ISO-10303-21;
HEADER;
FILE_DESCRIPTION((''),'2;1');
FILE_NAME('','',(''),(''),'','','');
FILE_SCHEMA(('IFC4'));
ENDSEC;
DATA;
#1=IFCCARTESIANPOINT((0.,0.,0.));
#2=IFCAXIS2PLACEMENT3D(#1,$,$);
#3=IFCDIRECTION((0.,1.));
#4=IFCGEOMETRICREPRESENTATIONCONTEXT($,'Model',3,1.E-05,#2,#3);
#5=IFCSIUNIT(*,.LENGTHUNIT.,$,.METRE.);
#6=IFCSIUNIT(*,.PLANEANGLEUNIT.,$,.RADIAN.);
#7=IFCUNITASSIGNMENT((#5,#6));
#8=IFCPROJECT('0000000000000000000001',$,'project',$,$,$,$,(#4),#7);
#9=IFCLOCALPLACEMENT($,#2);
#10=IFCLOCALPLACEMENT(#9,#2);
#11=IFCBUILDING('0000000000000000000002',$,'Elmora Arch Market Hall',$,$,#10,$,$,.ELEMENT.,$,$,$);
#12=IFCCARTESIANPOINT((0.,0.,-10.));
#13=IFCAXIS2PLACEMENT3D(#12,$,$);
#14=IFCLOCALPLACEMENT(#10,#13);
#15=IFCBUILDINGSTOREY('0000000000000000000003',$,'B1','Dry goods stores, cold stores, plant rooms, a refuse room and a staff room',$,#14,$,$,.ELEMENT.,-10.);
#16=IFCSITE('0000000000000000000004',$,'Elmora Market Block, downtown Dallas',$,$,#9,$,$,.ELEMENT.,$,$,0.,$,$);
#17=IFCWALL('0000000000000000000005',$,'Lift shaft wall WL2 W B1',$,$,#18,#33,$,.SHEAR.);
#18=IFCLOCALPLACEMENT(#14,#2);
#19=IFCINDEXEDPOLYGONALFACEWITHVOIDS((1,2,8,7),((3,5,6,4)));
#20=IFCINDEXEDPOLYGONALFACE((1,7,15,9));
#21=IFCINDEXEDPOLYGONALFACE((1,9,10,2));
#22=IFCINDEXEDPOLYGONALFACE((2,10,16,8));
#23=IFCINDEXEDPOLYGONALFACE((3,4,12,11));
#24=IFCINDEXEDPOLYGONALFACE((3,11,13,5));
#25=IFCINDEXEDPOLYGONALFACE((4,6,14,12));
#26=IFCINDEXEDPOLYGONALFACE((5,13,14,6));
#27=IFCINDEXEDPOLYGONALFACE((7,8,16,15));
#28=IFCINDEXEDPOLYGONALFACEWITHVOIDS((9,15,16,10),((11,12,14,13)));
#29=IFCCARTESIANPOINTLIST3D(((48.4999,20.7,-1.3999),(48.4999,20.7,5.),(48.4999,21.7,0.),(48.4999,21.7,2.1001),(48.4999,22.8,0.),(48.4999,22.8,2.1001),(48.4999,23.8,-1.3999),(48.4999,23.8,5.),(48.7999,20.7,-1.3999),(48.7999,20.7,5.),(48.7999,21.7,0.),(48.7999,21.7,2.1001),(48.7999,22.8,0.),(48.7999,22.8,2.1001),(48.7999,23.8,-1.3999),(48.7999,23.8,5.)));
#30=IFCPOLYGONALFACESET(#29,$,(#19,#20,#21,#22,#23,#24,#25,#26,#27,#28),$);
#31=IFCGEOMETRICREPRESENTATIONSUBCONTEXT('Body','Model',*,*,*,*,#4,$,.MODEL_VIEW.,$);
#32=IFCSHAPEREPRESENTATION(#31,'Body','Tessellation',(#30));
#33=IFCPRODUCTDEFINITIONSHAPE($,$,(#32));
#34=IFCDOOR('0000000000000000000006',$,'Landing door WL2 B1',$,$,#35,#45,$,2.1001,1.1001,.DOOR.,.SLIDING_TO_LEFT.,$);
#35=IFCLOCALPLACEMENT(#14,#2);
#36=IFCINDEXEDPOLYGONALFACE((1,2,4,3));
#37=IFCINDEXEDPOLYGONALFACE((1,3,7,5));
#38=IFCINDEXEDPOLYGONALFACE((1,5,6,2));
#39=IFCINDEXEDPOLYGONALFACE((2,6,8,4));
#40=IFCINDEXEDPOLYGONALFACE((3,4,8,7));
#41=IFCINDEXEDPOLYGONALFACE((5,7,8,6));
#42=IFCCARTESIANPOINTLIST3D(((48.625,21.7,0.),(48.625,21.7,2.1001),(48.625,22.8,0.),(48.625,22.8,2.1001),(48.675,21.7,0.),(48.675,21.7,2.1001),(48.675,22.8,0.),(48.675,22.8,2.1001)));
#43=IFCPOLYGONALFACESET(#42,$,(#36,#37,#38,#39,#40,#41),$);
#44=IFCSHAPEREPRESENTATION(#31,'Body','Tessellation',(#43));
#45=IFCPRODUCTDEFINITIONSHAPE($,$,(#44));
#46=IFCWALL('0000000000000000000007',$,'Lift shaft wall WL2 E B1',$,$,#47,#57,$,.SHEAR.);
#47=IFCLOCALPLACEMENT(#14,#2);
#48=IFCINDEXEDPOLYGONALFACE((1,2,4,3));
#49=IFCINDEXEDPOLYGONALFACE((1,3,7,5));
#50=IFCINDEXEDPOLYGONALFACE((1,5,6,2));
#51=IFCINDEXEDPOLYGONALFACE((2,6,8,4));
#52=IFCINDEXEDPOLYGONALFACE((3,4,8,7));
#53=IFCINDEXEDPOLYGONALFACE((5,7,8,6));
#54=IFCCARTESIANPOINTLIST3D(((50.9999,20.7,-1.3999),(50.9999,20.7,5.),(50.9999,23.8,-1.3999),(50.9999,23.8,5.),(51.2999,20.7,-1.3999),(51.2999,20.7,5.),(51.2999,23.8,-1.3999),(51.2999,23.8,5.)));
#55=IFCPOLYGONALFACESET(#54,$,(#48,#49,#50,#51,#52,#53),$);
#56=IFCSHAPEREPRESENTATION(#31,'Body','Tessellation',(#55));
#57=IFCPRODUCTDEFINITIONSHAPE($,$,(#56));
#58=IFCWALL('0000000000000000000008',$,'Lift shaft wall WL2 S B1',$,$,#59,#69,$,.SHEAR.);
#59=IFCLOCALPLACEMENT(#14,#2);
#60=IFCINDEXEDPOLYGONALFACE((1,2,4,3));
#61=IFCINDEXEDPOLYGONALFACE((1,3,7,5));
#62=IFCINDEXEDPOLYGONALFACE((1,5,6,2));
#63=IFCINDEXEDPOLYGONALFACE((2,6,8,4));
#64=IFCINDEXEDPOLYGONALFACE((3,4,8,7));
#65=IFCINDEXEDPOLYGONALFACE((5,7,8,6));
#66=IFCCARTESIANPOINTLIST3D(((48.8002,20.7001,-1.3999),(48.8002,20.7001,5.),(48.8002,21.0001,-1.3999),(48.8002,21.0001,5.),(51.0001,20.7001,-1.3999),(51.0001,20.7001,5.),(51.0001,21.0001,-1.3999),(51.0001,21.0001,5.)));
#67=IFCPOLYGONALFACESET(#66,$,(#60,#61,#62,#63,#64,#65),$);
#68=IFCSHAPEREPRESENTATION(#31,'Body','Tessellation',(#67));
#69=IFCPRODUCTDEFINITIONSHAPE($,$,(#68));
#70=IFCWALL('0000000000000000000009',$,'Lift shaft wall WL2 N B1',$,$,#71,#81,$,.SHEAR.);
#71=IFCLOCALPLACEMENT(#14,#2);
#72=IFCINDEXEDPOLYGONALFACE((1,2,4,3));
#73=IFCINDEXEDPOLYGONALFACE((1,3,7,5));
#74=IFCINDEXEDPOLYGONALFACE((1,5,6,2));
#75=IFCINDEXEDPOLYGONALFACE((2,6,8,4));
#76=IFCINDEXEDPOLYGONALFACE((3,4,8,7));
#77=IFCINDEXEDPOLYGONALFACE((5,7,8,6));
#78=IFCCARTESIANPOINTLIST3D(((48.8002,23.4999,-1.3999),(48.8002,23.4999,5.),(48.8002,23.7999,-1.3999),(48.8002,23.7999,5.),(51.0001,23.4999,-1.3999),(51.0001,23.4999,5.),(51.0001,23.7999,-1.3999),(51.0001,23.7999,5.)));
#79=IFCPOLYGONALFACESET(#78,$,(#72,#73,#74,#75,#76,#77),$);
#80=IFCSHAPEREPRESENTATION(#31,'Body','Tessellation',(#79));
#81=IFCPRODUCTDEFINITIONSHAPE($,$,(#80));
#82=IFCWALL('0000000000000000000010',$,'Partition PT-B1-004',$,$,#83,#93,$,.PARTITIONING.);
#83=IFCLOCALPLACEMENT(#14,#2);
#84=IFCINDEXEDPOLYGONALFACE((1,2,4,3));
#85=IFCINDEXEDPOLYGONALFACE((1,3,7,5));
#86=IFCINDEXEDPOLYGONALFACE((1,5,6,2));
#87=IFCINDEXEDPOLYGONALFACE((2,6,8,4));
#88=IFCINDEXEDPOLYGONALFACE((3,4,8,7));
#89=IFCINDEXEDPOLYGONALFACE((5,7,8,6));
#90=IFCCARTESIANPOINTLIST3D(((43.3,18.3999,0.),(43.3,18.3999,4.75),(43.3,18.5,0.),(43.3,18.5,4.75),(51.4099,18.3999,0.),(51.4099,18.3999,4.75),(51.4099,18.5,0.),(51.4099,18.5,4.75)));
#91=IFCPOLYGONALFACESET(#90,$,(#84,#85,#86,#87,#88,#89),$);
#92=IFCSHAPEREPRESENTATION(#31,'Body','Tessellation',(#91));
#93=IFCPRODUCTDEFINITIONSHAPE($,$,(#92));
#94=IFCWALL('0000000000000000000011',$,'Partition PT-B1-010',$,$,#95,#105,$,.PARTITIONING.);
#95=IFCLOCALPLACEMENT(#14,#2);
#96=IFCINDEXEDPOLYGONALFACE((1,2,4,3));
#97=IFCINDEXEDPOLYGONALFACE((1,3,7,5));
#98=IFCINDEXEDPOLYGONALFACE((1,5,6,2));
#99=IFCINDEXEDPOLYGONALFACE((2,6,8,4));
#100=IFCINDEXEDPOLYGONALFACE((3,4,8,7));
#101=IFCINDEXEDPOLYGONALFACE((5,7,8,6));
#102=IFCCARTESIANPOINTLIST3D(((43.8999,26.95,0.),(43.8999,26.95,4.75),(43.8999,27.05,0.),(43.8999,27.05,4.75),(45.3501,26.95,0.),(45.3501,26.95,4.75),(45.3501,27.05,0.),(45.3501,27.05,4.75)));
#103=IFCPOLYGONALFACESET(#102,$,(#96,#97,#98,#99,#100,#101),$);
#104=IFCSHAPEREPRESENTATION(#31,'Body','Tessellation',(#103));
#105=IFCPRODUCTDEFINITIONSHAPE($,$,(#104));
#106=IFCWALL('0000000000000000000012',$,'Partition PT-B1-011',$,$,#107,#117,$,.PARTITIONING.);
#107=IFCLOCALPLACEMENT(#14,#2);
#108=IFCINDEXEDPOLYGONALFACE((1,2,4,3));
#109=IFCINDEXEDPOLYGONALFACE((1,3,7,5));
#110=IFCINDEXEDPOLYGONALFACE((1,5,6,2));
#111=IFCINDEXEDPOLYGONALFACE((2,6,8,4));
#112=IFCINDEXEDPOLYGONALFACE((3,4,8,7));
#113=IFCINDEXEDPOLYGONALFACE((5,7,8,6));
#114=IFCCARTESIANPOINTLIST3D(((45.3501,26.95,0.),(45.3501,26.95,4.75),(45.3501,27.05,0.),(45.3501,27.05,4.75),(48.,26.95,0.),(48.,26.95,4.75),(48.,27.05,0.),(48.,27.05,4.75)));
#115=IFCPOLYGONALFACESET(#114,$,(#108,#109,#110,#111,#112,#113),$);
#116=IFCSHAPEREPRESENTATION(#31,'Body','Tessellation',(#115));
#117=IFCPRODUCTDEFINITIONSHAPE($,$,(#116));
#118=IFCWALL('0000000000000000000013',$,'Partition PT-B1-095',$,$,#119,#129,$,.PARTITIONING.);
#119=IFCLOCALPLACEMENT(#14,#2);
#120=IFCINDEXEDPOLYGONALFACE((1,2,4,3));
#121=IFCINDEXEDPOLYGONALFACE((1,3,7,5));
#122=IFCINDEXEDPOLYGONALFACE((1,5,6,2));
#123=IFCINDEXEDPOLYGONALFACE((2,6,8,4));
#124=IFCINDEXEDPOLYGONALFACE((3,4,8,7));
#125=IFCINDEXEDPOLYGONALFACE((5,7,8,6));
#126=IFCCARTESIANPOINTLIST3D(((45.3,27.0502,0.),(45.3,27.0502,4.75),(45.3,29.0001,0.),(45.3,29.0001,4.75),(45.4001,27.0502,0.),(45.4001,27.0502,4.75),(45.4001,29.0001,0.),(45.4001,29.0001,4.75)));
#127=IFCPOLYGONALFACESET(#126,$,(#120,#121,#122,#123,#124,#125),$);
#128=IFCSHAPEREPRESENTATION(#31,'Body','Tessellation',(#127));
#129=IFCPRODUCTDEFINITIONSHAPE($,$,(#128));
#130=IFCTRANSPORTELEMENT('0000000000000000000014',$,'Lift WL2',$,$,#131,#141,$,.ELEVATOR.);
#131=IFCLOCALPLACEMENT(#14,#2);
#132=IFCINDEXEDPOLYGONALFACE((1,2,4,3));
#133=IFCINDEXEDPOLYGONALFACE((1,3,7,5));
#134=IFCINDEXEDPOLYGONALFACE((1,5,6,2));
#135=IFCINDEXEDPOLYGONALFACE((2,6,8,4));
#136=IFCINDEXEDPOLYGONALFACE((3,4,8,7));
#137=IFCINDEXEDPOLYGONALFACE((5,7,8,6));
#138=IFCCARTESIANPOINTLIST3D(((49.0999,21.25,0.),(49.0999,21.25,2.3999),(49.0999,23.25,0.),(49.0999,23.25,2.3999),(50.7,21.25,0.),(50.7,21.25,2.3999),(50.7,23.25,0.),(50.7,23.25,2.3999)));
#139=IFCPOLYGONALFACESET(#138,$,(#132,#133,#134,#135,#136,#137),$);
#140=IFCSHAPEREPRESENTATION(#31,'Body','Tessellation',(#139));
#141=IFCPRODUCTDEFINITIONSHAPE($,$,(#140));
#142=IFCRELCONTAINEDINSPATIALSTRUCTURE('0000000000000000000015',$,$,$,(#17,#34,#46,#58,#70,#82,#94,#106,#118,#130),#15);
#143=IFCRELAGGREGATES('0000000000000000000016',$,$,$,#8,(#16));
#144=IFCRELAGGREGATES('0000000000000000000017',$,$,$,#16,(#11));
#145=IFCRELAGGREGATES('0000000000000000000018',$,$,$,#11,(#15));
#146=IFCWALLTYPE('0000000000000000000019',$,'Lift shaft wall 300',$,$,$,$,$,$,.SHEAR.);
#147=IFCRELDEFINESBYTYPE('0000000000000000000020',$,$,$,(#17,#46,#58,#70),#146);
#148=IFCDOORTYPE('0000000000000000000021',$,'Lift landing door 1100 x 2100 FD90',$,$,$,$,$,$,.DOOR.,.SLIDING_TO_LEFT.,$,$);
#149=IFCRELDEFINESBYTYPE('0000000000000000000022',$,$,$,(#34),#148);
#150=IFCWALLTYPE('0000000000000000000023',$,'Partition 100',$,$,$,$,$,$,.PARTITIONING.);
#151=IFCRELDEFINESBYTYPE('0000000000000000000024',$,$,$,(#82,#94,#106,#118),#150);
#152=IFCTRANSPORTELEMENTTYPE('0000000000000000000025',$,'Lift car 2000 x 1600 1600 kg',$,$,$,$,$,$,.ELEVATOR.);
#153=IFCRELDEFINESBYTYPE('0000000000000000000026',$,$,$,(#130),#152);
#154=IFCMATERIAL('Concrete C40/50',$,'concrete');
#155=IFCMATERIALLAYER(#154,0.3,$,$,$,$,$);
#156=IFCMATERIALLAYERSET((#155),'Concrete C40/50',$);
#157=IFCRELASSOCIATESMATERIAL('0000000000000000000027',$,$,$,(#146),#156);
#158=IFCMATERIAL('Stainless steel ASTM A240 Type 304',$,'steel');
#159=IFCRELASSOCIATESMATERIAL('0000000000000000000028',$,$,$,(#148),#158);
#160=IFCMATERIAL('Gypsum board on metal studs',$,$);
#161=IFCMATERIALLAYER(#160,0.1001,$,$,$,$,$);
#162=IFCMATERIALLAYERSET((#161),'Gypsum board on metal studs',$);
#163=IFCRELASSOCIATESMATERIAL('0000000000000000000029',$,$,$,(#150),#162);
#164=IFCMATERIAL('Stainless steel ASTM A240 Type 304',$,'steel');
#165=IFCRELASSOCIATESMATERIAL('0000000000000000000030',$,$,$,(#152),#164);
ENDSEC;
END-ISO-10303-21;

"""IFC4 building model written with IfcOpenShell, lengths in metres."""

from ifc_helpers import new_model, si_unit, direction, frame, frame_2d, origin, origin_2d, place, context, subcontext, project, spatial, rectangle, extrude, material, layer, layer_set, type_object, element, fill, save


model = new_model("IFC4")

# Units and contexts
model_context = context("Model", 3, precision=1e-05, world=origin(), true_north=direction((0.0, 1.0)))
body_context = subcontext(model_context, "Body", "Model", "MODEL_VIEW")
ifc_project = project(units=[si_unit("LENGTHUNIT", "METRE"), si_unit("PLANEANGLEUNIT", "RADIAN")], contexts=[model_context])

# Site, building, storey
site_placement = place(None, origin())
site = spatial("IfcSite", under=ifc_project, at=site_placement, Name="Elmora Market Block, downtown Dallas", CompositionType="ELEMENT", RefElevation=0.0)
building_placement = place(site_placement, origin())
building = spatial("IfcBuilding", under=site, at=building_placement, Name="Elmora Arch Market Hall", CompositionType="ELEMENT")
storey_placement = place(building_placement, frame((0.0, 0.0, -10.0)))
storey = spatial("IfcBuildingStorey", under=building, at=storey_placement, Name="B1", Description="Dry goods stores, cold stores, plant rooms, a refuse room and a staff room", CompositionType="ELEMENT", Elevation=-10.0)

# Wall, opening, door
ifc_material_1 = material(Name="Concrete C40/50", Category="concrete")
ifc_layer_1 = layer(ifc_material_1, 0.3)
ifc_layer_set_1 = layer_set([ifc_layer_1], Name="Concrete C40/50")
wall_type_1 = type_object("IfcWallType", Name="Lift shaft wall 300", PredefinedType="SHEAR", material=ifc_layer_set_1)
wall_1_placement = place(storey_placement, frame((48.6499, 20.7, -1.3999), z_axis=(0.0, 0.0, 1.0), x_axis=(0.0, 1.0, 0.0)))
wall_1 = element("IfcWall", 1, at=wall_1_placement, inside=storey, type_object=wall_type_1, Name="Lift shaft wall WL2 W B1", PredefinedType="SHEAR", context=body_context, shape_type="SweptSolid", body=[
    extrude(rectangle(XDim=3.1001, YDim=0.3, at=frame_2d((1.55, 0.0))), origin(), (0.0, 0.0, 1.0), 6.3999),
])
opening_1_placement = place(wall_1_placement, frame((1.0, 0.0, 1.3999)))
opening_1 = element("IfcOpeningElement", 2, at=opening_1_placement, cuts=wall_1, PredefinedType="OPENING", context=body_context, shape_type="SweptSolid", body=[
    extrude(rectangle(XDim=1.1001, YDim=2.1001, at=frame_2d((0.55, 1.05))), frame((0.0, 0.1599, 0.0), z_axis=(0.0, -1.0, 0.0), x_axis=(1.0, 0.0, 0.0)), (0.0, 0.0, 1.0), 0.3201),
])
ifc_material_2 = material(Name="Stainless steel ASTM A240 Type 304", Category="steel")
door_type_1 = type_object("IfcDoorType", Name="Lift landing door 1100 x 2100 FD90", OperationType="SLIDING_TO_LEFT", PredefinedType="DOOR", material=ifc_material_2)
door_1_placement = place(opening_1_placement, origin())
door_1 = element("IfcDoor", 3, at=door_1_placement, inside=storey, type_object=door_type_1, Name="Landing door WL2 B1", OperationType="SLIDING_TO_LEFT", OverallHeight=2.1001, OverallWidth=1.1001, PredefinedType="DOOR", context=body_context, shape_type="SweptSolid", body=[
    extrude(rectangle(XDim=1.1001, YDim=2.1001, at=frame_2d((0.55, 1.05))), frame((0.0, 0.0249, 0.0), z_axis=(0.0, -1.0, 0.0), x_axis=(1.0, 0.0, 0.0)), (0.0, 0.0, 1.0), 0.05),
])
fill(opening_1, door_1)

# Walls
wall_2_placement = place(storey_placement, frame((51.1499, 20.7, -1.3999), z_axis=(0.0, 0.0, 1.0), x_axis=(0.0, 1.0, 0.0)))
element("IfcWall", 4, at=wall_2_placement, inside=storey, type_object=wall_type_1, Name="Lift shaft wall WL2 E B1", PredefinedType="SHEAR", context=body_context, shape_type="SweptSolid", body=[
    extrude(rectangle(XDim=3.1001, YDim=0.3, at=frame_2d((1.55, 0.0))), origin(), (0.0, 0.0, 1.0), 6.3999),
])
for number, where, z_axis, x_axis, name in (
    (5, (48.8, 20.8501, -1.3999), (0.0, 0.0, 1.0), (1.0, 0.0, 0.0), "Lift shaft wall WL2 S B1"),
    (6, (48.8, 23.6499, -1.3999), (0.0, 0.0, 1.0), (1.0, 0.0, 0.0), "Lift shaft wall WL2 N B1"),
):
    element("IfcWall", number, at=place(storey_placement, frame(where, z_axis=z_axis, x_axis=x_axis)), inside=storey, type_object=wall_type_1, Name=name, PredefinedType="SHEAR", context=body_context, shape_type="SweptSolid", body=[
        extrude(rectangle(XDim=2.2, YDim=0.3, at=frame_2d((1.1001, 0.0))), origin(), (0.0, 0.0, 1.0), 6.3999),
    ])
ifc_material_3 = material(Name="Gypsum board on metal studs")
ifc_layer_2 = layer(ifc_material_3, 0.1001)
ifc_layer_set_2 = layer_set([ifc_layer_2], Name="Gypsum board on metal studs")
wall_type_2 = type_object("IfcWallType", Name="Partition 100", PredefinedType="PARTITIONING", material=ifc_layer_set_2)
wall_3_placement = place(storey_placement, frame((43.3, 18.45, 0.0), z_axis=(0.0, 0.0, 1.0), x_axis=(1.0, 0.0, 0.0)))
element("IfcWall", 7, at=wall_3_placement, inside=storey, type_object=wall_type_2, Name="Partition PT-B1-004", PredefinedType="PARTITIONING", context=body_context, shape_type="SweptSolid", body=[
    extrude(rectangle(XDim=8.1099, YDim=0.1001, at=frame_2d((4.0549, 0.0))), origin(), (0.0, 0.0, 1.0), 4.75),
])
wall_4_placement = place(storey_placement, frame((43.8999, 27.0, 0.0), z_axis=(0.0, 0.0, 1.0), x_axis=(1.0, 0.0, 0.0)))
element("IfcWall", 8, at=wall_4_placement, inside=storey, type_object=wall_type_2, Name="Partition PT-B1-010", PredefinedType="PARTITIONING", context=body_context, shape_type="SweptSolid", body=[
    extrude(rectangle(XDim=1.4502, YDim=0.1001, at=frame_2d((0.7251, 0.0))), origin(), (0.0, 0.0, 1.0), 4.75),
])
wall_5_placement = place(storey_placement, frame((45.3501, 27.0, 0.0), z_axis=(0.0, 0.0, 1.0), x_axis=(1.0, 0.0, 0.0)))
element("IfcWall", 9, at=wall_5_placement, inside=storey, type_object=wall_type_2, Name="Partition PT-B1-011", PredefinedType="PARTITIONING", context=body_context, shape_type="SweptSolid", body=[
    extrude(rectangle(XDim=2.6499, YDim=0.1001, at=frame_2d((1.325, 0.0))), origin(), (0.0, 0.0, 1.0), 4.75),
])
wall_6_placement = place(storey_placement, frame((45.3501, 27.05, 0.0), z_axis=(0.0, 0.0, 1.0), x_axis=(0.0, 1.0, 0.0)))
element("IfcWall", 10, at=wall_6_placement, inside=storey, type_object=wall_type_2, Name="Partition PT-B1-095", PredefinedType="PARTITIONING", context=body_context, shape_type="SweptSolid", body=[
    extrude(rectangle(XDim=1.95, YDim=0.1001, at=frame_2d((0.9751, 0.0))), origin(), (0.0, 0.0, 1.0), 4.75),
])

# Transport element
ifc_material_4 = material(Name="Stainless steel ASTM A240 Type 304", Category="steel")
transport_element_type = type_object("IfcTransportElementType", Name="Lift car 2000 x 1600 1600 kg", PredefinedType="ELEVATOR", material=ifc_material_4)
transport_element_placement = place(storey_placement, frame((49.8999, 22.25, 0.0), z_axis=(0.0, 0.0, 1.0), x_axis=(1.0, 0.0, 0.0)))
element("IfcTransportElement", 11, at=transport_element_placement, inside=storey, type_object=transport_element_type, Name="Lift WL2", PredefinedType="ELEVATOR", context=body_context, shape_type="SweptSolid", body=[
    extrude(rectangle(XDim=1.6001, YDim=2.0, at=origin_2d()), origin(), (0.0, 0.0, 1.0), 2.3999),
])

save(model, "model.ifc")
